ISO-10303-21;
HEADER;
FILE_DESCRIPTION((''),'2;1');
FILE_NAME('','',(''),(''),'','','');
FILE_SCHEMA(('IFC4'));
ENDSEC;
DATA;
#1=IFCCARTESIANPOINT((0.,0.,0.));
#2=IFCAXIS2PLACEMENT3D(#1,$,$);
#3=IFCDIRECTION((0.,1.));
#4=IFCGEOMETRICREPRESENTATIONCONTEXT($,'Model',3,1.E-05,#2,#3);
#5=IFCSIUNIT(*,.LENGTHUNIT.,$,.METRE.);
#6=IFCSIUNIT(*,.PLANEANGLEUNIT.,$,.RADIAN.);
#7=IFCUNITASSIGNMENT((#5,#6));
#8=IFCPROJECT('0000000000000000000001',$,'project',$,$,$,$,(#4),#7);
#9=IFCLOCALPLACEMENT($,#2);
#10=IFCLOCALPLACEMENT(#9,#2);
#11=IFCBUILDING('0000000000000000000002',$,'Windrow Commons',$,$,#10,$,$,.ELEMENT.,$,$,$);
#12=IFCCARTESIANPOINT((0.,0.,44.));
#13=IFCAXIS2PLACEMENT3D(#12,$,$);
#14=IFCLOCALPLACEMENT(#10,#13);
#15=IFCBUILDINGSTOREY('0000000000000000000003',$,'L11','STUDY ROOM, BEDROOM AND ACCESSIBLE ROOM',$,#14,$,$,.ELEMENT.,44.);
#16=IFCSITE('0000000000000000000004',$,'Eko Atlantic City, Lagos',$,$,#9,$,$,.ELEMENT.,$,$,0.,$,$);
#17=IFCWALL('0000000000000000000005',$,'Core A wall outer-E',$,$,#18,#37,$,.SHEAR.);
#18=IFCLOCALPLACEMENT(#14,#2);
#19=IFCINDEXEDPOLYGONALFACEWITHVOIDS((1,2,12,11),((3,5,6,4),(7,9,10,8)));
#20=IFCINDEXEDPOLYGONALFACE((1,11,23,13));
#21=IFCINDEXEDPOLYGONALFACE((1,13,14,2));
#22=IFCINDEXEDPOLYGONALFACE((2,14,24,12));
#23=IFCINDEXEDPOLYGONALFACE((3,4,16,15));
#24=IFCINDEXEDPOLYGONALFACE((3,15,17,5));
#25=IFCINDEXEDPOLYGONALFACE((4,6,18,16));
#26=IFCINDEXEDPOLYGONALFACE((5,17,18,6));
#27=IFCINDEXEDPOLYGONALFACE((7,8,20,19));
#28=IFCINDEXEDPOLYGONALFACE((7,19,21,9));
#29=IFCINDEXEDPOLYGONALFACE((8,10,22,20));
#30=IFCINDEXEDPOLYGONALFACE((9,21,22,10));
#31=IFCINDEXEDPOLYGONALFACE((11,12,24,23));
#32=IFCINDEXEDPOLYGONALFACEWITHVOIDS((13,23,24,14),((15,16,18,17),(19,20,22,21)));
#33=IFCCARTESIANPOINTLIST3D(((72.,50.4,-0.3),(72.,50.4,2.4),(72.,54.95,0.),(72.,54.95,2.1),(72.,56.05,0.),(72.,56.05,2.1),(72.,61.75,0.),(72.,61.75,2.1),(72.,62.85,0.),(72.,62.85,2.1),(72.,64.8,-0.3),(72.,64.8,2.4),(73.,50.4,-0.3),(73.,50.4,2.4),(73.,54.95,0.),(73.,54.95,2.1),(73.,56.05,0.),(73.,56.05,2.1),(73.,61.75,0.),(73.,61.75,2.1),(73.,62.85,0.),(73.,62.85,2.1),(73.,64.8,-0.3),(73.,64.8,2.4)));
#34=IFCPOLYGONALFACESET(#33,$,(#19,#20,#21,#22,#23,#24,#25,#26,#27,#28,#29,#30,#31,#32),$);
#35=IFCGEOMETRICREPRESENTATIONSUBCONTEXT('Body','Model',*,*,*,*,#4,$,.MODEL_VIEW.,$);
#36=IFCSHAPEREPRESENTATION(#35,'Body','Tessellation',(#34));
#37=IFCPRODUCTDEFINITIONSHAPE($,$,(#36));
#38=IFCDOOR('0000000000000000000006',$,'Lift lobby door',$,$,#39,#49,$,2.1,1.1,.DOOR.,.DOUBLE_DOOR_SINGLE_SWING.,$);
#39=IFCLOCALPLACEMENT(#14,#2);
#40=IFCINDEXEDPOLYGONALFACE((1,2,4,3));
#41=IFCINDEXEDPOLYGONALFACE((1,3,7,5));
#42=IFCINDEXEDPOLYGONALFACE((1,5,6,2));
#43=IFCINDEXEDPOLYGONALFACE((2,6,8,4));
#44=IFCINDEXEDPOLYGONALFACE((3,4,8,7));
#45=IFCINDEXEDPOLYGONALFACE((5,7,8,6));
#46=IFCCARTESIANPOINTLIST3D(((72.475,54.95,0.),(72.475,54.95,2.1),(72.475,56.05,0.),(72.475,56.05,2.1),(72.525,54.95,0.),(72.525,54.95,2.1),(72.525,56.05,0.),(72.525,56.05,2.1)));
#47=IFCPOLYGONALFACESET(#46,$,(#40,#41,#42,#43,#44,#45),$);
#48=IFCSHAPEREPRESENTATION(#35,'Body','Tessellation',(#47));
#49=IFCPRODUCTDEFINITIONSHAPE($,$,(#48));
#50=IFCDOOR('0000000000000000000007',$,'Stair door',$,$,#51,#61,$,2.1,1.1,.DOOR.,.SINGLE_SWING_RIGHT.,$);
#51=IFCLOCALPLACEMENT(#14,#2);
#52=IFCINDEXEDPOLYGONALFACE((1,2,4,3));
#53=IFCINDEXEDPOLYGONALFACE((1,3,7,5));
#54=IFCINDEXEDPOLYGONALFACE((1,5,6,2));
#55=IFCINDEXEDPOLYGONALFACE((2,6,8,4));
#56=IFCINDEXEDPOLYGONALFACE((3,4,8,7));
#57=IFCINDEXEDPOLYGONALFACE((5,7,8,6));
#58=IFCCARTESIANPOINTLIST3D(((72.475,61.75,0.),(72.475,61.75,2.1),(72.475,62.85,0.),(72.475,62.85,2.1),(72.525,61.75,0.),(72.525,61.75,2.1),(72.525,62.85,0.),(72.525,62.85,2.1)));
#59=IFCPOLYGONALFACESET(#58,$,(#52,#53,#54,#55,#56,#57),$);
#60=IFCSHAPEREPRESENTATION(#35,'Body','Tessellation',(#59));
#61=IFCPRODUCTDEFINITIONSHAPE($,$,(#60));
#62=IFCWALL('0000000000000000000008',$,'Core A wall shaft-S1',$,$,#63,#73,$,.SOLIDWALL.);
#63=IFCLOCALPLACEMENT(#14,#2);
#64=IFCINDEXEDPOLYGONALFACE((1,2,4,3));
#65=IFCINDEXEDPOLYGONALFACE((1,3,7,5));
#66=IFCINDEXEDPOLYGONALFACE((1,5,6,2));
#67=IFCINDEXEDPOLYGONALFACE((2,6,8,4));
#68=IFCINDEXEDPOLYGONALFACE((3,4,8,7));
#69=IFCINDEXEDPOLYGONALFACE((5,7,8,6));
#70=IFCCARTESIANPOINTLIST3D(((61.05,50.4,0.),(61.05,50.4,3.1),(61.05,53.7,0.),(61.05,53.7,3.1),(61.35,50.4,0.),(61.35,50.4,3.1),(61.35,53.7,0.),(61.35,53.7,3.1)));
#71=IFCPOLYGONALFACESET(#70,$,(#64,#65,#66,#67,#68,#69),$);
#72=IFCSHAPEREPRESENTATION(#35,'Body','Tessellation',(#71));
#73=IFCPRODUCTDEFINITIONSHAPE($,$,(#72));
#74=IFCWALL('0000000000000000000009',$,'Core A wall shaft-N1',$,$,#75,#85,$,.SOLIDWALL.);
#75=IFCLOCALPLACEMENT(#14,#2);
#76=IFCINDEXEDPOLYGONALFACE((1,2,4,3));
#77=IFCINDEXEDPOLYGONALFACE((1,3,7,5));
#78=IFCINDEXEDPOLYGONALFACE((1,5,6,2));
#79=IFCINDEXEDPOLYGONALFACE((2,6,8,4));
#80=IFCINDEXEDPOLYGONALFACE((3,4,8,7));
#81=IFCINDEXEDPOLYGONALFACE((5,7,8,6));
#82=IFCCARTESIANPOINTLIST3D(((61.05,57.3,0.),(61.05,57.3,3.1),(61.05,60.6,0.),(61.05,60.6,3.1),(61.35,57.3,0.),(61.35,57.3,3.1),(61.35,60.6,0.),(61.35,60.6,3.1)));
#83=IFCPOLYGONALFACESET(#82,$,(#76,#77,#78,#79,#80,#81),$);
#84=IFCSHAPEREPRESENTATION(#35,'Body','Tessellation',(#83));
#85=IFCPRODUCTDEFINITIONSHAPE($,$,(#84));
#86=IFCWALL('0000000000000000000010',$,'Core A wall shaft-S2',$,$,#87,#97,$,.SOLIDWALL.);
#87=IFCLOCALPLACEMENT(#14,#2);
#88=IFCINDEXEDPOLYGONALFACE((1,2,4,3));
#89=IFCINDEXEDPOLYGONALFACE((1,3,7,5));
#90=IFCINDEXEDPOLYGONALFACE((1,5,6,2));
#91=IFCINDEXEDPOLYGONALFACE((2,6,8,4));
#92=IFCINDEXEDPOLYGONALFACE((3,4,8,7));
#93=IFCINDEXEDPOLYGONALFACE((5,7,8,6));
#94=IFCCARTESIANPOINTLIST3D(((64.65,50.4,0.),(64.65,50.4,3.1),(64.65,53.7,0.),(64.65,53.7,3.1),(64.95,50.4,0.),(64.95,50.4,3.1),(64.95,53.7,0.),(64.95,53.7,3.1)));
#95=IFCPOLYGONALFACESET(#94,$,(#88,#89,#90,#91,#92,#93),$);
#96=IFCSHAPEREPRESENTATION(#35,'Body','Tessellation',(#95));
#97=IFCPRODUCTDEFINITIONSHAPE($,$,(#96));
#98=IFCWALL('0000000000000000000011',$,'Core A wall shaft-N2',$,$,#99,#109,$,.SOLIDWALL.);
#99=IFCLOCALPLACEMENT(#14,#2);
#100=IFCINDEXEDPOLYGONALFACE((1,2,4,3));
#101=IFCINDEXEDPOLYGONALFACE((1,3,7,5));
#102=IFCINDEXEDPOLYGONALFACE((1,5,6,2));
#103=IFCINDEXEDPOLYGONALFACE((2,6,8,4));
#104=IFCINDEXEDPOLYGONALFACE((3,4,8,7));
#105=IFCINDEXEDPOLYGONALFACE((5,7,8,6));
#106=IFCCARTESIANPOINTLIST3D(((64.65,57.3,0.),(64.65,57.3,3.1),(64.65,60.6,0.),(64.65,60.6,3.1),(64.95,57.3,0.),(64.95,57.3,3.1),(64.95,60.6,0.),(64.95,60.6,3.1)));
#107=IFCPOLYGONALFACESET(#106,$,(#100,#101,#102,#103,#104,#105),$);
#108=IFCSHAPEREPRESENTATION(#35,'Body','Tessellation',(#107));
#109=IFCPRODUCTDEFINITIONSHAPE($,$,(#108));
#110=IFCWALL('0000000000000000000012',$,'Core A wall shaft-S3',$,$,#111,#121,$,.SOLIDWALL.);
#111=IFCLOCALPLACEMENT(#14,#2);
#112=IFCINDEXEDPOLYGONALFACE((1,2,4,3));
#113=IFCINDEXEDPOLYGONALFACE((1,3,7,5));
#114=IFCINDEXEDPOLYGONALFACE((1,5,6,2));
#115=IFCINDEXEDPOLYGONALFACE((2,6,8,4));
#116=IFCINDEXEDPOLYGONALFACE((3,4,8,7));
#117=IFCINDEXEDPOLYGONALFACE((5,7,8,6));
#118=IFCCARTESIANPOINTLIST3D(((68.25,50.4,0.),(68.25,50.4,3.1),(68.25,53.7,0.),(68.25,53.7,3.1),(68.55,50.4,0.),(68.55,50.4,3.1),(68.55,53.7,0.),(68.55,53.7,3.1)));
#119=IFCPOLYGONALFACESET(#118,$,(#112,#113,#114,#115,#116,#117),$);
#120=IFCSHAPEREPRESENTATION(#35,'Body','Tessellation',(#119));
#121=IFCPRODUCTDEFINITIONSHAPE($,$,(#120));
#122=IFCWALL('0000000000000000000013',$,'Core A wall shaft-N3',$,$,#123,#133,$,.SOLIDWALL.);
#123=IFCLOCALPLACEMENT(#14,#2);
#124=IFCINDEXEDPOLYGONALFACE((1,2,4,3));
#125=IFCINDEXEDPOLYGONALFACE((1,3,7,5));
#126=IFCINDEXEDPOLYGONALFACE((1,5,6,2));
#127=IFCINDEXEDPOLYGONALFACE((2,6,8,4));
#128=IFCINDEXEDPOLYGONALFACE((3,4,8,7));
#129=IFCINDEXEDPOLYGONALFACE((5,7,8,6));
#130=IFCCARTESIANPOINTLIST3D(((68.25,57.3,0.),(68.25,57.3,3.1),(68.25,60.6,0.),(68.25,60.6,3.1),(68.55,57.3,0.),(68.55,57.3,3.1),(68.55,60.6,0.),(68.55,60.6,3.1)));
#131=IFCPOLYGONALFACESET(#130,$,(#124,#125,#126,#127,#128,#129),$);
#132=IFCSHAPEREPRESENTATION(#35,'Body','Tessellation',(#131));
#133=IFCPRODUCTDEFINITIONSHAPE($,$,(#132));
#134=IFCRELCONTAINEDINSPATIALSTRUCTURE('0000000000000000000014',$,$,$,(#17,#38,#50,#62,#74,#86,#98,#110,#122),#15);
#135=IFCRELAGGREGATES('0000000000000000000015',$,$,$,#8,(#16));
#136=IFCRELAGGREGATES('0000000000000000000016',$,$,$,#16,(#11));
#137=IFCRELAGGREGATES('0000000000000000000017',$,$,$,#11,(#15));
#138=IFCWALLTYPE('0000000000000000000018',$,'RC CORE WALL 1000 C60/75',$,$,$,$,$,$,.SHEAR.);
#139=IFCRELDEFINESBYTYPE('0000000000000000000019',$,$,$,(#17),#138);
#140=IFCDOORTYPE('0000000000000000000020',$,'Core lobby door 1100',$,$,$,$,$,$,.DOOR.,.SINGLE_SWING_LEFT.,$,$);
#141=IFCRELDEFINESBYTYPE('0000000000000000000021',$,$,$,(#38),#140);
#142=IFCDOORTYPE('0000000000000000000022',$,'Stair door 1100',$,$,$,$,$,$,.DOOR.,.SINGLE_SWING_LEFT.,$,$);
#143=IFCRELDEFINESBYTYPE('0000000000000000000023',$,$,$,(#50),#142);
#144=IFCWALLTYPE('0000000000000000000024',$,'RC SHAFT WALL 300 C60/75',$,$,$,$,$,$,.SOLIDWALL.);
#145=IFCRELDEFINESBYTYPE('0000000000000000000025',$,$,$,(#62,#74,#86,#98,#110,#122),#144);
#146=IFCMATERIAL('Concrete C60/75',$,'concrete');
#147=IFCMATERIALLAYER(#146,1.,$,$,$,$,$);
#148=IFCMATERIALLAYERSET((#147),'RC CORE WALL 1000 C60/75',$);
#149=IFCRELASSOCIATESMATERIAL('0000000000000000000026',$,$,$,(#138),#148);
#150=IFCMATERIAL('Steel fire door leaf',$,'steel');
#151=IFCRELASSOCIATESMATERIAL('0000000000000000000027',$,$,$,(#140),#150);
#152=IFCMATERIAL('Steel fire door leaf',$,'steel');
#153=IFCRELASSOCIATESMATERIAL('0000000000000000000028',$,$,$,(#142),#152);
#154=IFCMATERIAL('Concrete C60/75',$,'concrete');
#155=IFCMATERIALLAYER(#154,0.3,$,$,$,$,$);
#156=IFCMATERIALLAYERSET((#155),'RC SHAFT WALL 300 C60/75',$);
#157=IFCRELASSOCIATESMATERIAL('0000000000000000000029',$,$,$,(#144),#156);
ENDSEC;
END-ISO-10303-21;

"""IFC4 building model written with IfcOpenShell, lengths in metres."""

from ifc_helpers import new_model, si_unit, direction, frame, frame_2d, origin, place, context, subcontext, project, spatial, rectangle, extrude, material, layer, layer_set, type_object, element, fill, save


model = new_model("IFC4")

# Units and contexts
model_context = context("Model", 3, precision=1e-05, world=origin(), true_north=direction((0.0, 1.0)))
body_context = subcontext(model_context, "Body", "Model", "MODEL_VIEW")
ifc_project = project(units=[si_unit("LENGTHUNIT", "METRE"), si_unit("PLANEANGLEUNIT", "RADIAN")], contexts=[model_context])

# Site, building, storey
site_placement = place(None, origin())
site = spatial("IfcSite", under=ifc_project, at=site_placement, Name="Eko Atlantic City, Lagos", CompositionType="ELEMENT", RefElevation=0.0)
building_placement = place(site_placement, origin())
building = spatial("IfcBuilding", under=site, at=building_placement, Name="Windrow Commons", CompositionType="ELEMENT")
storey_placement = place(building_placement, frame((0.0, 0.0, 44.0)))
storey = spatial("IfcBuildingStorey", under=building, at=storey_placement, Name="L11", Description="STUDY ROOM, BEDROOM AND ACCESSIBLE ROOM", CompositionType="ELEMENT", Elevation=44.0)

# Wall, openings, doors
ifc_material_1 = material(Name="Concrete C60/75", Category="concrete")
ifc_layer_1 = layer(ifc_material_1, 1.0)
ifc_layer_set_1 = layer_set([ifc_layer_1], Name="RC CORE WALL 1000 C60/75")
wall_type_1 = type_object("IfcWallType", Name="RC CORE WALL 1000 C60/75", PredefinedType="SHEAR", material=ifc_layer_set_1)
wall_1_placement = place(storey_placement, frame((72.5, 50.4, -0.3), z_axis=(0.0, 0.0, 1.0), x_axis=(0.0, 1.0, 0.0)))
wall_1 = element("IfcWall", 1, at=wall_1_placement, inside=storey, type_object=wall_type_1, Name="Core A wall outer-E", PredefinedType="SHEAR", context=body_context, shape_type="SweptSolid", body=[
    extrude(rectangle(XDim=14.4, YDim=1.0, at=frame_2d((7.2, 0.0))), origin(), (0.0, 0.0, 1.0), 2.7),
])
opening_1_placement = place(wall_1_placement, frame((4.55, 0.0, 0.3)))
opening_1 = element("IfcOpeningElement", 2, at=opening_1_placement, cuts=wall_1, PredefinedType="OPENING", context=body_context, shape_type="SweptSolid", body=[
    extrude(rectangle(XDim=1.1, YDim=2.1, at=frame_2d((0.55, 1.05))), frame((0.0, 0.51, 0.0), z_axis=(0.0, -1.0, 0.0), x_axis=(1.0, 0.0, 0.0)), (0.0, 0.0, 1.0), 1.02),
])
opening_2_placement = place(wall_1_placement, frame((11.35, 0.0, 0.3)))
opening_2 = element("IfcOpeningElement", 3, at=opening_2_placement, cuts=wall_1, PredefinedType="OPENING", context=body_context, shape_type="SweptSolid", body=[
    extrude(rectangle(XDim=1.1, YDim=2.1, at=frame_2d((0.55, 1.05))), frame((0.0, 0.51, 0.0), z_axis=(0.0, -1.0, 0.0), x_axis=(1.0, 0.0, 0.0)), (0.0, 0.0, 1.0), 1.02),
])
ifc_material_2 = material(Name="Steel fire door leaf", Category="steel")
door_type_1 = type_object("IfcDoorType", Name="Core lobby door 1100", OperationType="SINGLE_SWING_LEFT", PredefinedType="DOOR", material=ifc_material_2)
door_1_placement = place(opening_1_placement, origin())
door_1 = element("IfcDoor", 4, at=door_1_placement, inside=storey, type_object=door_type_1, Name="Lift lobby door", OperationType="DOUBLE_DOOR_SINGLE_SWING", OverallHeight=2.1, OverallWidth=1.1, PredefinedType="DOOR", context=body_context, shape_type="SweptSolid", body=[
    extrude(rectangle(XDim=1.1, YDim=2.1, at=frame_2d((0.55, 1.05))), frame((0.0, 0.025, 0.0), z_axis=(0.0, -1.0, 0.0), x_axis=(1.0, 0.0, 0.0)), (0.0, 0.0, 1.0), 0.05),
])
fill(opening_1, door_1)
ifc_material_3 = material(Name="Steel fire door leaf", Category="steel")
door_type_2 = type_object("IfcDoorType", Name="Stair door 1100", OperationType="SINGLE_SWING_LEFT", PredefinedType="DOOR", material=ifc_material_3)
door_2_placement = place(opening_2_placement, origin())
door_2 = element("IfcDoor", 5, at=door_2_placement, inside=storey, type_object=door_type_2, Name="Stair door", OperationType="SINGLE_SWING_RIGHT", OverallHeight=2.1, OverallWidth=1.1, PredefinedType="DOOR", context=body_context, shape_type="SweptSolid", body=[
    extrude(rectangle(XDim=1.1, YDim=2.1, at=frame_2d((0.55, 1.05))), frame((0.0, 0.025, 0.0), z_axis=(0.0, -1.0, 0.0), x_axis=(1.0, 0.0, 0.0)), (0.0, 0.0, 1.0), 0.05),
])
fill(opening_2, door_2)

# Walls
ifc_material_4 = material(Name="Concrete C60/75", Category="concrete")
ifc_layer_2 = layer(ifc_material_4, 0.3)
ifc_layer_set_2 = layer_set([ifc_layer_2], Name="RC SHAFT WALL 300 C60/75")
wall_type_2 = type_object("IfcWallType", Name="RC SHAFT WALL 300 C60/75", PredefinedType="SOLIDWALL", material=ifc_layer_set_2)
for number, where, z_axis, x_axis, name in (
    (6, (61.2, 50.4, 0.0), (0.0, 0.0, 1.0), (0.0, 1.0, 0.0), "Core A wall shaft-S1"),
    (7, (61.2, 57.3, 0.0), (0.0, 0.0, 1.0), (0.0, 1.0, 0.0), "Core A wall shaft-N1"),
    (8, (64.8, 50.4, 0.0), (0.0, 0.0, 1.0), (0.0, 1.0, 0.0), "Core A wall shaft-S2"),
    (9, (64.8, 57.3, 0.0), (0.0, 0.0, 1.0), (0.0, 1.0, 0.0), "Core A wall shaft-N2"),
    (10, (68.4, 50.4, 0.0), (0.0, 0.0, 1.0), (0.0, 1.0, 0.0), "Core A wall shaft-S3"),
    (11, (68.4, 57.3, 0.0), (0.0, 0.0, 1.0), (0.0, 1.0, 0.0), "Core A wall shaft-N3"),
):
    element("IfcWall", number, at=place(storey_placement, frame(where, z_axis=z_axis, x_axis=x_axis)), inside=storey, type_object=wall_type_2, Name=name, PredefinedType="SOLIDWALL", context=body_context, shape_type="SweptSolid", body=[
        extrude(rectangle(XDim=3.3, YDim=0.3, at=frame_2d((1.65, 0.0))), origin(), (0.0, 0.0, 1.0), 3.1),
    ])

save(model, "model.ifc")
